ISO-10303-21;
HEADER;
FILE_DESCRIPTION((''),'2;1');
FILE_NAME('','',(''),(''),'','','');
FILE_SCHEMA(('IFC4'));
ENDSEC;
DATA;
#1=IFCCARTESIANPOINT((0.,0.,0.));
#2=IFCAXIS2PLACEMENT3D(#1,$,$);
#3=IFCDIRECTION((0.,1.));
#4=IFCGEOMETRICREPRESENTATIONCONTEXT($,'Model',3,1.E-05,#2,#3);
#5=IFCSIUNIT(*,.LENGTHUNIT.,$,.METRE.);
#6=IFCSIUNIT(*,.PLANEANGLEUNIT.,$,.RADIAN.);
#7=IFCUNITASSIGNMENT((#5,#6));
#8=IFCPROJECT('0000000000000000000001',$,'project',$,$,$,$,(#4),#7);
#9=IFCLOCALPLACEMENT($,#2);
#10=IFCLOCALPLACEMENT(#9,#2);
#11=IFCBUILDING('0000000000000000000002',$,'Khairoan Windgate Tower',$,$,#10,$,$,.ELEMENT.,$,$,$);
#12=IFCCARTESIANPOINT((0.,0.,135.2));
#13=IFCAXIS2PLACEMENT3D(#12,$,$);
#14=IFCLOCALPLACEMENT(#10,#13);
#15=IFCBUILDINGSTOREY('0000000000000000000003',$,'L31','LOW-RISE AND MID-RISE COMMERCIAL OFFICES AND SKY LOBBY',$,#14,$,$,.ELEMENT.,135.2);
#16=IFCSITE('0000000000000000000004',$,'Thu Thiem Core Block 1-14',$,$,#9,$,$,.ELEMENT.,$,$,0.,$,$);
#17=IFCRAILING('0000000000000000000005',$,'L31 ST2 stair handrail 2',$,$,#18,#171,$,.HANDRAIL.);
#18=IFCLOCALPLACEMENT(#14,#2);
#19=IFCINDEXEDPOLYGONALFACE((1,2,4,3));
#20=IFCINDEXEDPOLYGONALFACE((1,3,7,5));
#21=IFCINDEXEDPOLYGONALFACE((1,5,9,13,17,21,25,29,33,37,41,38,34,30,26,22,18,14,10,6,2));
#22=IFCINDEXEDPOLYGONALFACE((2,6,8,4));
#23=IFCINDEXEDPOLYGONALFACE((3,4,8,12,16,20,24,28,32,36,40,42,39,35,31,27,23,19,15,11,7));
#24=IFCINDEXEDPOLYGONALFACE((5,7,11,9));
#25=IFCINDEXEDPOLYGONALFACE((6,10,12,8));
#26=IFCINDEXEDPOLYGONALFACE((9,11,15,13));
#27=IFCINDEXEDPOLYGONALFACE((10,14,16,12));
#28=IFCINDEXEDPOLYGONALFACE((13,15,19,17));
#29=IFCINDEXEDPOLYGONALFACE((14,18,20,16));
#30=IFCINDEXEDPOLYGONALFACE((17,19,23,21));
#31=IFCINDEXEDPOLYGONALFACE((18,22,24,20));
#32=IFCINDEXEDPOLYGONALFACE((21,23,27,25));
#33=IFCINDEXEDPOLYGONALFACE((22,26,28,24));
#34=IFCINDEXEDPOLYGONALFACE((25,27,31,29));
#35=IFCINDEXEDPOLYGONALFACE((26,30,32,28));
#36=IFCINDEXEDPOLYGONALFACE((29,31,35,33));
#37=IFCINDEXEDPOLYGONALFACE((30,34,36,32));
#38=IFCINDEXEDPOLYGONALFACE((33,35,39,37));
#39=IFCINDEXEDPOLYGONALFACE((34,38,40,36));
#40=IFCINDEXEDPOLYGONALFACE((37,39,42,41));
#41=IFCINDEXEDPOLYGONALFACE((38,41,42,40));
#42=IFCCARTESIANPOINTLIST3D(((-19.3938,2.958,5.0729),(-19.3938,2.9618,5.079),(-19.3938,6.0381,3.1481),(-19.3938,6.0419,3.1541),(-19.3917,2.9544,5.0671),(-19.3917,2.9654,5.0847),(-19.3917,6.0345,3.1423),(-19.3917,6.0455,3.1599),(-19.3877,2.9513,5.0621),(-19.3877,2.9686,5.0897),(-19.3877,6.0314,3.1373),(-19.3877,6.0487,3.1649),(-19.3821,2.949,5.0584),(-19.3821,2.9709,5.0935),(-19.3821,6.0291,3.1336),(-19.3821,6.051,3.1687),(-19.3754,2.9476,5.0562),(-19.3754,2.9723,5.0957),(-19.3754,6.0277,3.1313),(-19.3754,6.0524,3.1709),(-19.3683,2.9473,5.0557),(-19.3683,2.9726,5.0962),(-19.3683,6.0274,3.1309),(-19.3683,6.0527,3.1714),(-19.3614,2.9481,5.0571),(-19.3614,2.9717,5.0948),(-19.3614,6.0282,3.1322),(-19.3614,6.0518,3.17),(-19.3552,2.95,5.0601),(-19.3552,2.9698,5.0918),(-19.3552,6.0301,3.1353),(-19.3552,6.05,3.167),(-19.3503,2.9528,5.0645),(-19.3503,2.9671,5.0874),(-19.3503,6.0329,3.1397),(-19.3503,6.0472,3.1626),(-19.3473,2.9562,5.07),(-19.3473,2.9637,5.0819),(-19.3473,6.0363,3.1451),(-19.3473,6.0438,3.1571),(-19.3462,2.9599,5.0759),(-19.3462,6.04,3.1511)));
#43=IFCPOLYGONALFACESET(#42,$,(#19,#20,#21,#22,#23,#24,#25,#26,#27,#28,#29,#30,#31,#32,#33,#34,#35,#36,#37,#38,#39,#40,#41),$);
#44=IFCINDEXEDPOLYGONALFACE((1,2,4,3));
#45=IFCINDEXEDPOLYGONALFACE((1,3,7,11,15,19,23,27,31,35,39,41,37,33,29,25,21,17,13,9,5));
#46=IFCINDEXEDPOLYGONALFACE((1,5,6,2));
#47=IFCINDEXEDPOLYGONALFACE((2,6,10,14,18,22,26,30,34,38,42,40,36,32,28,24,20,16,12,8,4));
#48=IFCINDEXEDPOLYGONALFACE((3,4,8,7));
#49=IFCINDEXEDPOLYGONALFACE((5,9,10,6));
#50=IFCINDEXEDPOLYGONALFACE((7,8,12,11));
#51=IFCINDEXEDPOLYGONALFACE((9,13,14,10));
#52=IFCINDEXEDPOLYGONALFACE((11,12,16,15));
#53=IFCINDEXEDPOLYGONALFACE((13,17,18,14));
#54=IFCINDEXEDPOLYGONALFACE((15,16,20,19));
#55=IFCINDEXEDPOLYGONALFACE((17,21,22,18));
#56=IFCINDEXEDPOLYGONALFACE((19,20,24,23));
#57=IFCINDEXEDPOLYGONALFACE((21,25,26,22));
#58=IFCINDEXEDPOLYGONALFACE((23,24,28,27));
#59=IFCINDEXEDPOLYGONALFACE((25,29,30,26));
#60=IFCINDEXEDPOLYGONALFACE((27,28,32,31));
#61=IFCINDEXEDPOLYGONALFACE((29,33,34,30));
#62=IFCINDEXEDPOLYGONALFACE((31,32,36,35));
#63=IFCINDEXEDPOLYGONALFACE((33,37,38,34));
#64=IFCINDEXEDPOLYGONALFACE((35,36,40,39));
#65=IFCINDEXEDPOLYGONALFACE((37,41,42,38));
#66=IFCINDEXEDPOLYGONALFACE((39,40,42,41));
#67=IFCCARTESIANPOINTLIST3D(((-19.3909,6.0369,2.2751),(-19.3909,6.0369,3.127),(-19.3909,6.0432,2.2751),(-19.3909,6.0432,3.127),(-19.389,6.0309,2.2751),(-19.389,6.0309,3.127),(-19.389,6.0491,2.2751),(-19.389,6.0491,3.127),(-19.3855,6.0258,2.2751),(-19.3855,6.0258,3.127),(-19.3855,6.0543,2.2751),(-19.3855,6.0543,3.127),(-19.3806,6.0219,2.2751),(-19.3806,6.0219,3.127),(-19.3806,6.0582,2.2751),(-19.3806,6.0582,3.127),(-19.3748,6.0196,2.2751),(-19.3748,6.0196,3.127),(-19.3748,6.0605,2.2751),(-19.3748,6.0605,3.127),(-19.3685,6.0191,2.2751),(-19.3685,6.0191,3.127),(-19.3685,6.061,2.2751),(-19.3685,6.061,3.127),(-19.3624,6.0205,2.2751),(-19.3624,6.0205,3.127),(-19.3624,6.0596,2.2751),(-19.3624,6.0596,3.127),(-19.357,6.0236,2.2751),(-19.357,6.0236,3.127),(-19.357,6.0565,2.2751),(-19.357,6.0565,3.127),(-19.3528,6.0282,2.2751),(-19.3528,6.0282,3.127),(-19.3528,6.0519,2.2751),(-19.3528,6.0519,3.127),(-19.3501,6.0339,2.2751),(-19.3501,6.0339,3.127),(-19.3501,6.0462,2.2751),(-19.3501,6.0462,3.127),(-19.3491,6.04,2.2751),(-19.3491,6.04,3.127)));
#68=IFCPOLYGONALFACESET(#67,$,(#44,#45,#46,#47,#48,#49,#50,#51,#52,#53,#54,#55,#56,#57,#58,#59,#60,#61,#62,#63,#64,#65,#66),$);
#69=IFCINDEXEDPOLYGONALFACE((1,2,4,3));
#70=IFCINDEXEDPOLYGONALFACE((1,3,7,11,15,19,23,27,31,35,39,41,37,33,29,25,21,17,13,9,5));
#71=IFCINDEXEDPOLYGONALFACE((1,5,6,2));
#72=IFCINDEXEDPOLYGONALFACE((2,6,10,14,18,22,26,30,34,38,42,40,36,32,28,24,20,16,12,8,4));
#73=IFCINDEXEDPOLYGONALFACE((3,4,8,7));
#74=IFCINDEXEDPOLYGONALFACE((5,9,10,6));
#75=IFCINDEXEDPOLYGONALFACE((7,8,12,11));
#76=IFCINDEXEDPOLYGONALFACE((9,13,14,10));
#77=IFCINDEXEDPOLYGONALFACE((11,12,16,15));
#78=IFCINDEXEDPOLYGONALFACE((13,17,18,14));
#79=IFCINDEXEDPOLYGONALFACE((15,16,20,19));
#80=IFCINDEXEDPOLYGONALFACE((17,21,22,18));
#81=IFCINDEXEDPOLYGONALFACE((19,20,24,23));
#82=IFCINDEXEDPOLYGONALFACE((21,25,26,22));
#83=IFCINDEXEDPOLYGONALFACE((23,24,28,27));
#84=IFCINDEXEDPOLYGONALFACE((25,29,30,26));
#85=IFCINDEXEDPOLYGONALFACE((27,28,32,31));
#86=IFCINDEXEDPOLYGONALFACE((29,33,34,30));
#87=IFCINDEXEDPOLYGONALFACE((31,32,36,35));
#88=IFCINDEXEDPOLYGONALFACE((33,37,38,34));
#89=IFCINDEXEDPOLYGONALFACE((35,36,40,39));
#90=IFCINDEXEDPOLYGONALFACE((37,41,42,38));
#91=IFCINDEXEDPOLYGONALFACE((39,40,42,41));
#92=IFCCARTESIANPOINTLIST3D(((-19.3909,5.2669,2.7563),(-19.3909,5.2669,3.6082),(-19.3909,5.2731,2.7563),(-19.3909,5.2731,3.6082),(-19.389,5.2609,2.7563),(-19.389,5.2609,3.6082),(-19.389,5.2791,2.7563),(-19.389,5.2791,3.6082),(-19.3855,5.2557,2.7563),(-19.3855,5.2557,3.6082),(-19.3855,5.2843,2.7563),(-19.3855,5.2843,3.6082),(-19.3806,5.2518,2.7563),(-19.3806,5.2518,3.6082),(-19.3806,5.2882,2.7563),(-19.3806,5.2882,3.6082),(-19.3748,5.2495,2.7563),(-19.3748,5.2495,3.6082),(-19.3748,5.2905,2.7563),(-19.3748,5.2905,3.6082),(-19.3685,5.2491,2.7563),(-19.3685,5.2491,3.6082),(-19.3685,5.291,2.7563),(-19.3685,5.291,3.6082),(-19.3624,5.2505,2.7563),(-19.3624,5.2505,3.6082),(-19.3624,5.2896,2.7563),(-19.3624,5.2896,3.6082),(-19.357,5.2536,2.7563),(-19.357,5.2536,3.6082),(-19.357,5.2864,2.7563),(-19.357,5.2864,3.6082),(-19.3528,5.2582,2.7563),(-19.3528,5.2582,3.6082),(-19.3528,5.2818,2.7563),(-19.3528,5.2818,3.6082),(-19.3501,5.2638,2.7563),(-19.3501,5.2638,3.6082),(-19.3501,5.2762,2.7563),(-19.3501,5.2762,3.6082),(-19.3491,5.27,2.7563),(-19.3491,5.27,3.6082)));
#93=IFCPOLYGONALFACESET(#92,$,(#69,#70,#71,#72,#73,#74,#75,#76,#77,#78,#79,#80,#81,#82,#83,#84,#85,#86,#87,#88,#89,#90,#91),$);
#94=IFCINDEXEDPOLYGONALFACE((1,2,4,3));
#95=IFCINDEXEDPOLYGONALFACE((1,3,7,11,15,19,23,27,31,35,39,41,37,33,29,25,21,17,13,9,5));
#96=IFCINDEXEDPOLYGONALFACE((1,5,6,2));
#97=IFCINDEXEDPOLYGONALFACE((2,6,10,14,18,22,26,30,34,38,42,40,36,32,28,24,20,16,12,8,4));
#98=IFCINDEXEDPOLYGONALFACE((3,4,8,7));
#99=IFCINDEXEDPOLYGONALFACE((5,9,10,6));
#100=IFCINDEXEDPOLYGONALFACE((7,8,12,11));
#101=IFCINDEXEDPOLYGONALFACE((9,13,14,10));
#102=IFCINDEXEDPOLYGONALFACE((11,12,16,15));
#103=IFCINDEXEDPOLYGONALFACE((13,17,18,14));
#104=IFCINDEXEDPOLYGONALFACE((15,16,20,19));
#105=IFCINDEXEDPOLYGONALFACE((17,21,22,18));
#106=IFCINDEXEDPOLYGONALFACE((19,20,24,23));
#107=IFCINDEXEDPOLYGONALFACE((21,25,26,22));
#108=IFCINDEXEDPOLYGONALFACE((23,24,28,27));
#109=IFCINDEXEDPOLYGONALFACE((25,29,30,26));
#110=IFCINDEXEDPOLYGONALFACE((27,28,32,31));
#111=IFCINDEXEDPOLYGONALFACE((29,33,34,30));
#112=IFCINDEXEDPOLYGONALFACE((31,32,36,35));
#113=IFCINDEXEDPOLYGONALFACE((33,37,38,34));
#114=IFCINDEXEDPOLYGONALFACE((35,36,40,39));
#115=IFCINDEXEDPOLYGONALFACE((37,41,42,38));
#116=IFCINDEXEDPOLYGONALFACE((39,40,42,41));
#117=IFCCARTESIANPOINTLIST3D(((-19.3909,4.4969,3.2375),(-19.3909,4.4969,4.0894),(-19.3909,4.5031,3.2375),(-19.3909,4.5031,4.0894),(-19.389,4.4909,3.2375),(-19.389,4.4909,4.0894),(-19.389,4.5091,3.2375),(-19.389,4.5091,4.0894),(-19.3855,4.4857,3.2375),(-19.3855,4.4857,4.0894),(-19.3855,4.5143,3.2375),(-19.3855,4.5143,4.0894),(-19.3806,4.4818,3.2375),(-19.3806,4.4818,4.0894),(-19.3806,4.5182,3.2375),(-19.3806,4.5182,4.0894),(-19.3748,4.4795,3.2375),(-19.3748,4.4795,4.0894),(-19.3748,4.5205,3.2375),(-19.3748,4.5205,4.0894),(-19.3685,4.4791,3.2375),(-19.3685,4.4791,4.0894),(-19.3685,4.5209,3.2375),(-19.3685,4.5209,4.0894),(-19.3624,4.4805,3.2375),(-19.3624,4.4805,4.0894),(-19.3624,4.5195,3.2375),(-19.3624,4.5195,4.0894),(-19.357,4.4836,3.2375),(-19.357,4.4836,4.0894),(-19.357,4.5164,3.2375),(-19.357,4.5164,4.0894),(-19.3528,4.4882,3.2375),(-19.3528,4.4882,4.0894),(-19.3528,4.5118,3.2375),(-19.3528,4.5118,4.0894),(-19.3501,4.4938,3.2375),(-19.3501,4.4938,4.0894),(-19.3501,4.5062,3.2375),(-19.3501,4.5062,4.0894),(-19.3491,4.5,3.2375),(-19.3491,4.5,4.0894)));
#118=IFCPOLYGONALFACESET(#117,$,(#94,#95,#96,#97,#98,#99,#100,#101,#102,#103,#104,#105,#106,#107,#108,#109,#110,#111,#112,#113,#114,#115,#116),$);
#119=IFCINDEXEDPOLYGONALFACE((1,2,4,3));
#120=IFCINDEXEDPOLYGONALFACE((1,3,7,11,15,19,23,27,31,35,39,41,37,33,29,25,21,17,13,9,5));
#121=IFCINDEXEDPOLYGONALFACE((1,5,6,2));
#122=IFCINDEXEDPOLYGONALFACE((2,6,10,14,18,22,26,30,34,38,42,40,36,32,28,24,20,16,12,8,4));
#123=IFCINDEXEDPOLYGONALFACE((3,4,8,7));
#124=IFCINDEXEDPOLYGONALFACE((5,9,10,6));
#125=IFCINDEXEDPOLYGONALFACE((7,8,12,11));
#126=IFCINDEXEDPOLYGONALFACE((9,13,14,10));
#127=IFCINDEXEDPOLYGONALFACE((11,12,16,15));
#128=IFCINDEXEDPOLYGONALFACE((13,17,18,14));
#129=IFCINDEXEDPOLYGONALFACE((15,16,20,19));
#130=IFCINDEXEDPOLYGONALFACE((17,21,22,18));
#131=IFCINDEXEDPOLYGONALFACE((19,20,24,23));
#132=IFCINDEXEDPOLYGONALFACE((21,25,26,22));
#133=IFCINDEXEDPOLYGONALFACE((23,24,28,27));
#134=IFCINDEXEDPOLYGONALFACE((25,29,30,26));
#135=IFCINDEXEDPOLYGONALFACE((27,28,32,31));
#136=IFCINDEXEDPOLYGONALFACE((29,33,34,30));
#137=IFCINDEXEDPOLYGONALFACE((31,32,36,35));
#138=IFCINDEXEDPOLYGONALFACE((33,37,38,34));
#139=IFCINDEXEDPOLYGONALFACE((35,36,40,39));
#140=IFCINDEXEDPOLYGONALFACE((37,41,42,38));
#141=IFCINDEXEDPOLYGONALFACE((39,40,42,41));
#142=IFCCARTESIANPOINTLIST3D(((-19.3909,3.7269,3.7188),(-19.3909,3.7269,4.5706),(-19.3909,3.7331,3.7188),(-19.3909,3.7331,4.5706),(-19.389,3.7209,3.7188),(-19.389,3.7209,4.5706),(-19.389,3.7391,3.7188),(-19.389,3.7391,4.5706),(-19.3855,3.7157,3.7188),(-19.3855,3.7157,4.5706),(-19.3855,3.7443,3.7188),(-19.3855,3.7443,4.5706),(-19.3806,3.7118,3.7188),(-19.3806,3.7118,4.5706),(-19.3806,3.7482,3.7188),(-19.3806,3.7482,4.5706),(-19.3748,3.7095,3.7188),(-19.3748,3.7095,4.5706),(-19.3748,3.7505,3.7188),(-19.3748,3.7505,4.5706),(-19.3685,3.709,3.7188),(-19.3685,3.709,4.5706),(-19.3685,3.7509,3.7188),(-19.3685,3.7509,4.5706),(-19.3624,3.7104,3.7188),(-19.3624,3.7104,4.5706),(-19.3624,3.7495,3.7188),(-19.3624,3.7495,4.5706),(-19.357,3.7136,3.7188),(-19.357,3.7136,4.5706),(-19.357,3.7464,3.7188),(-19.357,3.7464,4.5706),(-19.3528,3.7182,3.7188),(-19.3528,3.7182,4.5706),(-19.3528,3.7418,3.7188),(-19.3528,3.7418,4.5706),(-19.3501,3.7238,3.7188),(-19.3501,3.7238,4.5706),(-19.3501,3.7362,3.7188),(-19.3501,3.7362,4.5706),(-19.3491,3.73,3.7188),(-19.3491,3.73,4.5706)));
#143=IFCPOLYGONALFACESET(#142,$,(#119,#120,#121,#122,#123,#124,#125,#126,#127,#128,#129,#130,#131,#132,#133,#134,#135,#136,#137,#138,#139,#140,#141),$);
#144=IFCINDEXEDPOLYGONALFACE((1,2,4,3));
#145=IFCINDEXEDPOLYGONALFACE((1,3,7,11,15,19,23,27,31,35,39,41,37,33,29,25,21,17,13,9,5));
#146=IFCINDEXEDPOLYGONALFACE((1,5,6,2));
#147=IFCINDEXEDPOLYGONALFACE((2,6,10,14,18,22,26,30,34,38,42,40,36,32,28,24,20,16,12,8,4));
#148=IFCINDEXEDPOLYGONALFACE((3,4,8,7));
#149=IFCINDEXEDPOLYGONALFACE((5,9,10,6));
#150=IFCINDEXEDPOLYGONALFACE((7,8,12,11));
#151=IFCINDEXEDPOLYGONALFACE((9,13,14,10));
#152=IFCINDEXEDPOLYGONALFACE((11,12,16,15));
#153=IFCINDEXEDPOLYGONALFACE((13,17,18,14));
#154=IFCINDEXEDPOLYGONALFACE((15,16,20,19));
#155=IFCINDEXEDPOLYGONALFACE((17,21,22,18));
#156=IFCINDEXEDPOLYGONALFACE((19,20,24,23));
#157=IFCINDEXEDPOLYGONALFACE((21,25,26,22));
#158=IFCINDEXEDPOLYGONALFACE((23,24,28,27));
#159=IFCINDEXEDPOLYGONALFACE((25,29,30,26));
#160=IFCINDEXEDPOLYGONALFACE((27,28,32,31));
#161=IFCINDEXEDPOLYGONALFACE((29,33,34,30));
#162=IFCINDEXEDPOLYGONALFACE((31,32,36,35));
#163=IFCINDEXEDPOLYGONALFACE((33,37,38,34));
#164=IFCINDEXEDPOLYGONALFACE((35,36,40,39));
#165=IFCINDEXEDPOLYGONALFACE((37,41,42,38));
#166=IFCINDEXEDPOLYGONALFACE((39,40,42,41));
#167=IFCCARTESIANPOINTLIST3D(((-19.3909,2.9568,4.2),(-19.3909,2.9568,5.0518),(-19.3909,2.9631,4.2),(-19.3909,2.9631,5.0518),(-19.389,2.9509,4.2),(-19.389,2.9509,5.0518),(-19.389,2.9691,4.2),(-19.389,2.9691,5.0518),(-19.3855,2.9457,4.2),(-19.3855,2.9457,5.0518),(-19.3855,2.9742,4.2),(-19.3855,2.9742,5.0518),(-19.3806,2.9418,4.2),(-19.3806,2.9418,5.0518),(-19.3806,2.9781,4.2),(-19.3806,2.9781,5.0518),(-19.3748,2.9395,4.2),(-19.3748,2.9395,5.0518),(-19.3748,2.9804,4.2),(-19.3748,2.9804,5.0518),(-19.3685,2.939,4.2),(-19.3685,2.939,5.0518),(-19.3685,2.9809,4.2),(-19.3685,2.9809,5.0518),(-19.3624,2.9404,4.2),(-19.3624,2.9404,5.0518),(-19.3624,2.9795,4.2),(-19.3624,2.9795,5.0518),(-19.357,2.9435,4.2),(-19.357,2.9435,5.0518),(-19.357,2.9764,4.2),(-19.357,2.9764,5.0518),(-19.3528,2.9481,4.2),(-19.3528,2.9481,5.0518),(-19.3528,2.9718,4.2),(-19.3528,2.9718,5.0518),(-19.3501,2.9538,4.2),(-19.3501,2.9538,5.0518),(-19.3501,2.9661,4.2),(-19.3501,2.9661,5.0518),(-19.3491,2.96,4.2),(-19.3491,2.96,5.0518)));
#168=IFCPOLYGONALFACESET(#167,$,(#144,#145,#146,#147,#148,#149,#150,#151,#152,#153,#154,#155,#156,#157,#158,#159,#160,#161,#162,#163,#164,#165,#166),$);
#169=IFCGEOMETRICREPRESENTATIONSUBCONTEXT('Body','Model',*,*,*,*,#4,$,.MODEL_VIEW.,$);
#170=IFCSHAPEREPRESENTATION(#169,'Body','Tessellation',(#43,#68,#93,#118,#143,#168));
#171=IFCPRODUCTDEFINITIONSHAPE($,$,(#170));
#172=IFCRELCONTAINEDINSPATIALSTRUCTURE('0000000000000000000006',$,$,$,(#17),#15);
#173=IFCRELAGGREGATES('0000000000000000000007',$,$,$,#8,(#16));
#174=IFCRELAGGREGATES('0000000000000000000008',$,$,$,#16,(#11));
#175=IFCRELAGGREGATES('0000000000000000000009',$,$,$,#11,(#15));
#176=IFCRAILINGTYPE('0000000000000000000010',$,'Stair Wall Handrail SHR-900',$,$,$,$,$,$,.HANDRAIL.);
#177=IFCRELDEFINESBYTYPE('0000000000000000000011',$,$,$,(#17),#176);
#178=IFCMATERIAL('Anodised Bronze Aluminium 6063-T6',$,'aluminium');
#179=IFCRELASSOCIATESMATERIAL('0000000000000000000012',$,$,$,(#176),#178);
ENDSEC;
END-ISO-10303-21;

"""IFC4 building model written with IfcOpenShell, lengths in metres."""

from ifc_helpers import new_model, si_unit, direction, frame, origin, origin_2d, place, context, subcontext, project, spatial, circle, extrude, material, type_object, element, save


model = new_model("IFC4")

# Units and contexts
model_context = context("Model", 3, precision=1e-05, world=origin(), true_north=direction((0.0, 1.0)))
body_context = subcontext(model_context, "Body", "Model", "MODEL_VIEW")
ifc_project = project(units=[si_unit("LENGTHUNIT", "METRE"), si_unit("PLANEANGLEUNIT", "RADIAN")], contexts=[model_context])

# Site, building, storey
site_placement = place(None, origin())
site = spatial("IfcSite", under=ifc_project, at=site_placement, Name="Thu Thiem Core Block 1-14", CompositionType="ELEMENT", RefElevation=0.0)
building_placement = place(site_placement, origin())
building = spatial("IfcBuilding", under=site, at=building_placement, Name="Khairoan Windgate Tower", CompositionType="ELEMENT")
storey_placement = place(building_placement, frame((0.0, 0.0, 135.2)))
storey = spatial("IfcBuildingStorey", under=building, at=storey_placement, Name="L31", Description="LOW-RISE AND MID-RISE COMMERCIAL OFFICES AND SKY LOBBY", CompositionType="ELEMENT", Elevation=135.2)

# Railing
ifc_material_1 = material(Name="Anodised Bronze Aluminium 6063-T6", Category="aluminium")
railing_type_1 = type_object("IfcRailingType", Name="Stair Wall Handrail SHR-900", PredefinedType="HANDRAIL", material=ifc_material_1)
railing_1_placement = place(storey_placement, frame((-19.3701, 6.04, 2.2751)))
element("IfcRailing", 1, at=railing_1_placement, inside=storey, type_object=railing_type_1, Name="L31 ST2 stair handrail 2", PredefinedType="HANDRAIL", context=body_context, shape_type="SweptSolid", body=[
    extrude(circle(Radius=0.0239, at=origin_2d()), frame((0.0, 0.0, 0.876), z_axis=(0.0, -0.848029, 0.529951), x_axis=(1.0, 0.0, 0.0)), (0.0, 0.0, 1.0), 3.6321),
    extrude(circle(Radius=0.021, at=origin_2d()), origin(), (0.0, 0.0, 1.0), 0.8518),
    extrude(circle(Radius=0.021, at=origin_2d()), frame((0.0, -0.77, 0.4812)), (0.0, 0.0, 1.0), 0.8518),
    extrude(circle(Radius=0.021, at=origin_2d()), frame((0.0, -1.54, 0.9624)), (0.0, 0.0, 1.0), 0.8518),
    extrude(circle(Radius=0.021, at=origin_2d()), frame((0.0, -2.3101, 1.4436)), (0.0, 0.0, 1.0), 0.8518),
    extrude(circle(Radius=0.021, at=origin_2d()), frame((0.0, -3.0801, 1.9248)), (0.0, 0.0, 1.0), 0.8518),
])

save(model, "model.ifc")
